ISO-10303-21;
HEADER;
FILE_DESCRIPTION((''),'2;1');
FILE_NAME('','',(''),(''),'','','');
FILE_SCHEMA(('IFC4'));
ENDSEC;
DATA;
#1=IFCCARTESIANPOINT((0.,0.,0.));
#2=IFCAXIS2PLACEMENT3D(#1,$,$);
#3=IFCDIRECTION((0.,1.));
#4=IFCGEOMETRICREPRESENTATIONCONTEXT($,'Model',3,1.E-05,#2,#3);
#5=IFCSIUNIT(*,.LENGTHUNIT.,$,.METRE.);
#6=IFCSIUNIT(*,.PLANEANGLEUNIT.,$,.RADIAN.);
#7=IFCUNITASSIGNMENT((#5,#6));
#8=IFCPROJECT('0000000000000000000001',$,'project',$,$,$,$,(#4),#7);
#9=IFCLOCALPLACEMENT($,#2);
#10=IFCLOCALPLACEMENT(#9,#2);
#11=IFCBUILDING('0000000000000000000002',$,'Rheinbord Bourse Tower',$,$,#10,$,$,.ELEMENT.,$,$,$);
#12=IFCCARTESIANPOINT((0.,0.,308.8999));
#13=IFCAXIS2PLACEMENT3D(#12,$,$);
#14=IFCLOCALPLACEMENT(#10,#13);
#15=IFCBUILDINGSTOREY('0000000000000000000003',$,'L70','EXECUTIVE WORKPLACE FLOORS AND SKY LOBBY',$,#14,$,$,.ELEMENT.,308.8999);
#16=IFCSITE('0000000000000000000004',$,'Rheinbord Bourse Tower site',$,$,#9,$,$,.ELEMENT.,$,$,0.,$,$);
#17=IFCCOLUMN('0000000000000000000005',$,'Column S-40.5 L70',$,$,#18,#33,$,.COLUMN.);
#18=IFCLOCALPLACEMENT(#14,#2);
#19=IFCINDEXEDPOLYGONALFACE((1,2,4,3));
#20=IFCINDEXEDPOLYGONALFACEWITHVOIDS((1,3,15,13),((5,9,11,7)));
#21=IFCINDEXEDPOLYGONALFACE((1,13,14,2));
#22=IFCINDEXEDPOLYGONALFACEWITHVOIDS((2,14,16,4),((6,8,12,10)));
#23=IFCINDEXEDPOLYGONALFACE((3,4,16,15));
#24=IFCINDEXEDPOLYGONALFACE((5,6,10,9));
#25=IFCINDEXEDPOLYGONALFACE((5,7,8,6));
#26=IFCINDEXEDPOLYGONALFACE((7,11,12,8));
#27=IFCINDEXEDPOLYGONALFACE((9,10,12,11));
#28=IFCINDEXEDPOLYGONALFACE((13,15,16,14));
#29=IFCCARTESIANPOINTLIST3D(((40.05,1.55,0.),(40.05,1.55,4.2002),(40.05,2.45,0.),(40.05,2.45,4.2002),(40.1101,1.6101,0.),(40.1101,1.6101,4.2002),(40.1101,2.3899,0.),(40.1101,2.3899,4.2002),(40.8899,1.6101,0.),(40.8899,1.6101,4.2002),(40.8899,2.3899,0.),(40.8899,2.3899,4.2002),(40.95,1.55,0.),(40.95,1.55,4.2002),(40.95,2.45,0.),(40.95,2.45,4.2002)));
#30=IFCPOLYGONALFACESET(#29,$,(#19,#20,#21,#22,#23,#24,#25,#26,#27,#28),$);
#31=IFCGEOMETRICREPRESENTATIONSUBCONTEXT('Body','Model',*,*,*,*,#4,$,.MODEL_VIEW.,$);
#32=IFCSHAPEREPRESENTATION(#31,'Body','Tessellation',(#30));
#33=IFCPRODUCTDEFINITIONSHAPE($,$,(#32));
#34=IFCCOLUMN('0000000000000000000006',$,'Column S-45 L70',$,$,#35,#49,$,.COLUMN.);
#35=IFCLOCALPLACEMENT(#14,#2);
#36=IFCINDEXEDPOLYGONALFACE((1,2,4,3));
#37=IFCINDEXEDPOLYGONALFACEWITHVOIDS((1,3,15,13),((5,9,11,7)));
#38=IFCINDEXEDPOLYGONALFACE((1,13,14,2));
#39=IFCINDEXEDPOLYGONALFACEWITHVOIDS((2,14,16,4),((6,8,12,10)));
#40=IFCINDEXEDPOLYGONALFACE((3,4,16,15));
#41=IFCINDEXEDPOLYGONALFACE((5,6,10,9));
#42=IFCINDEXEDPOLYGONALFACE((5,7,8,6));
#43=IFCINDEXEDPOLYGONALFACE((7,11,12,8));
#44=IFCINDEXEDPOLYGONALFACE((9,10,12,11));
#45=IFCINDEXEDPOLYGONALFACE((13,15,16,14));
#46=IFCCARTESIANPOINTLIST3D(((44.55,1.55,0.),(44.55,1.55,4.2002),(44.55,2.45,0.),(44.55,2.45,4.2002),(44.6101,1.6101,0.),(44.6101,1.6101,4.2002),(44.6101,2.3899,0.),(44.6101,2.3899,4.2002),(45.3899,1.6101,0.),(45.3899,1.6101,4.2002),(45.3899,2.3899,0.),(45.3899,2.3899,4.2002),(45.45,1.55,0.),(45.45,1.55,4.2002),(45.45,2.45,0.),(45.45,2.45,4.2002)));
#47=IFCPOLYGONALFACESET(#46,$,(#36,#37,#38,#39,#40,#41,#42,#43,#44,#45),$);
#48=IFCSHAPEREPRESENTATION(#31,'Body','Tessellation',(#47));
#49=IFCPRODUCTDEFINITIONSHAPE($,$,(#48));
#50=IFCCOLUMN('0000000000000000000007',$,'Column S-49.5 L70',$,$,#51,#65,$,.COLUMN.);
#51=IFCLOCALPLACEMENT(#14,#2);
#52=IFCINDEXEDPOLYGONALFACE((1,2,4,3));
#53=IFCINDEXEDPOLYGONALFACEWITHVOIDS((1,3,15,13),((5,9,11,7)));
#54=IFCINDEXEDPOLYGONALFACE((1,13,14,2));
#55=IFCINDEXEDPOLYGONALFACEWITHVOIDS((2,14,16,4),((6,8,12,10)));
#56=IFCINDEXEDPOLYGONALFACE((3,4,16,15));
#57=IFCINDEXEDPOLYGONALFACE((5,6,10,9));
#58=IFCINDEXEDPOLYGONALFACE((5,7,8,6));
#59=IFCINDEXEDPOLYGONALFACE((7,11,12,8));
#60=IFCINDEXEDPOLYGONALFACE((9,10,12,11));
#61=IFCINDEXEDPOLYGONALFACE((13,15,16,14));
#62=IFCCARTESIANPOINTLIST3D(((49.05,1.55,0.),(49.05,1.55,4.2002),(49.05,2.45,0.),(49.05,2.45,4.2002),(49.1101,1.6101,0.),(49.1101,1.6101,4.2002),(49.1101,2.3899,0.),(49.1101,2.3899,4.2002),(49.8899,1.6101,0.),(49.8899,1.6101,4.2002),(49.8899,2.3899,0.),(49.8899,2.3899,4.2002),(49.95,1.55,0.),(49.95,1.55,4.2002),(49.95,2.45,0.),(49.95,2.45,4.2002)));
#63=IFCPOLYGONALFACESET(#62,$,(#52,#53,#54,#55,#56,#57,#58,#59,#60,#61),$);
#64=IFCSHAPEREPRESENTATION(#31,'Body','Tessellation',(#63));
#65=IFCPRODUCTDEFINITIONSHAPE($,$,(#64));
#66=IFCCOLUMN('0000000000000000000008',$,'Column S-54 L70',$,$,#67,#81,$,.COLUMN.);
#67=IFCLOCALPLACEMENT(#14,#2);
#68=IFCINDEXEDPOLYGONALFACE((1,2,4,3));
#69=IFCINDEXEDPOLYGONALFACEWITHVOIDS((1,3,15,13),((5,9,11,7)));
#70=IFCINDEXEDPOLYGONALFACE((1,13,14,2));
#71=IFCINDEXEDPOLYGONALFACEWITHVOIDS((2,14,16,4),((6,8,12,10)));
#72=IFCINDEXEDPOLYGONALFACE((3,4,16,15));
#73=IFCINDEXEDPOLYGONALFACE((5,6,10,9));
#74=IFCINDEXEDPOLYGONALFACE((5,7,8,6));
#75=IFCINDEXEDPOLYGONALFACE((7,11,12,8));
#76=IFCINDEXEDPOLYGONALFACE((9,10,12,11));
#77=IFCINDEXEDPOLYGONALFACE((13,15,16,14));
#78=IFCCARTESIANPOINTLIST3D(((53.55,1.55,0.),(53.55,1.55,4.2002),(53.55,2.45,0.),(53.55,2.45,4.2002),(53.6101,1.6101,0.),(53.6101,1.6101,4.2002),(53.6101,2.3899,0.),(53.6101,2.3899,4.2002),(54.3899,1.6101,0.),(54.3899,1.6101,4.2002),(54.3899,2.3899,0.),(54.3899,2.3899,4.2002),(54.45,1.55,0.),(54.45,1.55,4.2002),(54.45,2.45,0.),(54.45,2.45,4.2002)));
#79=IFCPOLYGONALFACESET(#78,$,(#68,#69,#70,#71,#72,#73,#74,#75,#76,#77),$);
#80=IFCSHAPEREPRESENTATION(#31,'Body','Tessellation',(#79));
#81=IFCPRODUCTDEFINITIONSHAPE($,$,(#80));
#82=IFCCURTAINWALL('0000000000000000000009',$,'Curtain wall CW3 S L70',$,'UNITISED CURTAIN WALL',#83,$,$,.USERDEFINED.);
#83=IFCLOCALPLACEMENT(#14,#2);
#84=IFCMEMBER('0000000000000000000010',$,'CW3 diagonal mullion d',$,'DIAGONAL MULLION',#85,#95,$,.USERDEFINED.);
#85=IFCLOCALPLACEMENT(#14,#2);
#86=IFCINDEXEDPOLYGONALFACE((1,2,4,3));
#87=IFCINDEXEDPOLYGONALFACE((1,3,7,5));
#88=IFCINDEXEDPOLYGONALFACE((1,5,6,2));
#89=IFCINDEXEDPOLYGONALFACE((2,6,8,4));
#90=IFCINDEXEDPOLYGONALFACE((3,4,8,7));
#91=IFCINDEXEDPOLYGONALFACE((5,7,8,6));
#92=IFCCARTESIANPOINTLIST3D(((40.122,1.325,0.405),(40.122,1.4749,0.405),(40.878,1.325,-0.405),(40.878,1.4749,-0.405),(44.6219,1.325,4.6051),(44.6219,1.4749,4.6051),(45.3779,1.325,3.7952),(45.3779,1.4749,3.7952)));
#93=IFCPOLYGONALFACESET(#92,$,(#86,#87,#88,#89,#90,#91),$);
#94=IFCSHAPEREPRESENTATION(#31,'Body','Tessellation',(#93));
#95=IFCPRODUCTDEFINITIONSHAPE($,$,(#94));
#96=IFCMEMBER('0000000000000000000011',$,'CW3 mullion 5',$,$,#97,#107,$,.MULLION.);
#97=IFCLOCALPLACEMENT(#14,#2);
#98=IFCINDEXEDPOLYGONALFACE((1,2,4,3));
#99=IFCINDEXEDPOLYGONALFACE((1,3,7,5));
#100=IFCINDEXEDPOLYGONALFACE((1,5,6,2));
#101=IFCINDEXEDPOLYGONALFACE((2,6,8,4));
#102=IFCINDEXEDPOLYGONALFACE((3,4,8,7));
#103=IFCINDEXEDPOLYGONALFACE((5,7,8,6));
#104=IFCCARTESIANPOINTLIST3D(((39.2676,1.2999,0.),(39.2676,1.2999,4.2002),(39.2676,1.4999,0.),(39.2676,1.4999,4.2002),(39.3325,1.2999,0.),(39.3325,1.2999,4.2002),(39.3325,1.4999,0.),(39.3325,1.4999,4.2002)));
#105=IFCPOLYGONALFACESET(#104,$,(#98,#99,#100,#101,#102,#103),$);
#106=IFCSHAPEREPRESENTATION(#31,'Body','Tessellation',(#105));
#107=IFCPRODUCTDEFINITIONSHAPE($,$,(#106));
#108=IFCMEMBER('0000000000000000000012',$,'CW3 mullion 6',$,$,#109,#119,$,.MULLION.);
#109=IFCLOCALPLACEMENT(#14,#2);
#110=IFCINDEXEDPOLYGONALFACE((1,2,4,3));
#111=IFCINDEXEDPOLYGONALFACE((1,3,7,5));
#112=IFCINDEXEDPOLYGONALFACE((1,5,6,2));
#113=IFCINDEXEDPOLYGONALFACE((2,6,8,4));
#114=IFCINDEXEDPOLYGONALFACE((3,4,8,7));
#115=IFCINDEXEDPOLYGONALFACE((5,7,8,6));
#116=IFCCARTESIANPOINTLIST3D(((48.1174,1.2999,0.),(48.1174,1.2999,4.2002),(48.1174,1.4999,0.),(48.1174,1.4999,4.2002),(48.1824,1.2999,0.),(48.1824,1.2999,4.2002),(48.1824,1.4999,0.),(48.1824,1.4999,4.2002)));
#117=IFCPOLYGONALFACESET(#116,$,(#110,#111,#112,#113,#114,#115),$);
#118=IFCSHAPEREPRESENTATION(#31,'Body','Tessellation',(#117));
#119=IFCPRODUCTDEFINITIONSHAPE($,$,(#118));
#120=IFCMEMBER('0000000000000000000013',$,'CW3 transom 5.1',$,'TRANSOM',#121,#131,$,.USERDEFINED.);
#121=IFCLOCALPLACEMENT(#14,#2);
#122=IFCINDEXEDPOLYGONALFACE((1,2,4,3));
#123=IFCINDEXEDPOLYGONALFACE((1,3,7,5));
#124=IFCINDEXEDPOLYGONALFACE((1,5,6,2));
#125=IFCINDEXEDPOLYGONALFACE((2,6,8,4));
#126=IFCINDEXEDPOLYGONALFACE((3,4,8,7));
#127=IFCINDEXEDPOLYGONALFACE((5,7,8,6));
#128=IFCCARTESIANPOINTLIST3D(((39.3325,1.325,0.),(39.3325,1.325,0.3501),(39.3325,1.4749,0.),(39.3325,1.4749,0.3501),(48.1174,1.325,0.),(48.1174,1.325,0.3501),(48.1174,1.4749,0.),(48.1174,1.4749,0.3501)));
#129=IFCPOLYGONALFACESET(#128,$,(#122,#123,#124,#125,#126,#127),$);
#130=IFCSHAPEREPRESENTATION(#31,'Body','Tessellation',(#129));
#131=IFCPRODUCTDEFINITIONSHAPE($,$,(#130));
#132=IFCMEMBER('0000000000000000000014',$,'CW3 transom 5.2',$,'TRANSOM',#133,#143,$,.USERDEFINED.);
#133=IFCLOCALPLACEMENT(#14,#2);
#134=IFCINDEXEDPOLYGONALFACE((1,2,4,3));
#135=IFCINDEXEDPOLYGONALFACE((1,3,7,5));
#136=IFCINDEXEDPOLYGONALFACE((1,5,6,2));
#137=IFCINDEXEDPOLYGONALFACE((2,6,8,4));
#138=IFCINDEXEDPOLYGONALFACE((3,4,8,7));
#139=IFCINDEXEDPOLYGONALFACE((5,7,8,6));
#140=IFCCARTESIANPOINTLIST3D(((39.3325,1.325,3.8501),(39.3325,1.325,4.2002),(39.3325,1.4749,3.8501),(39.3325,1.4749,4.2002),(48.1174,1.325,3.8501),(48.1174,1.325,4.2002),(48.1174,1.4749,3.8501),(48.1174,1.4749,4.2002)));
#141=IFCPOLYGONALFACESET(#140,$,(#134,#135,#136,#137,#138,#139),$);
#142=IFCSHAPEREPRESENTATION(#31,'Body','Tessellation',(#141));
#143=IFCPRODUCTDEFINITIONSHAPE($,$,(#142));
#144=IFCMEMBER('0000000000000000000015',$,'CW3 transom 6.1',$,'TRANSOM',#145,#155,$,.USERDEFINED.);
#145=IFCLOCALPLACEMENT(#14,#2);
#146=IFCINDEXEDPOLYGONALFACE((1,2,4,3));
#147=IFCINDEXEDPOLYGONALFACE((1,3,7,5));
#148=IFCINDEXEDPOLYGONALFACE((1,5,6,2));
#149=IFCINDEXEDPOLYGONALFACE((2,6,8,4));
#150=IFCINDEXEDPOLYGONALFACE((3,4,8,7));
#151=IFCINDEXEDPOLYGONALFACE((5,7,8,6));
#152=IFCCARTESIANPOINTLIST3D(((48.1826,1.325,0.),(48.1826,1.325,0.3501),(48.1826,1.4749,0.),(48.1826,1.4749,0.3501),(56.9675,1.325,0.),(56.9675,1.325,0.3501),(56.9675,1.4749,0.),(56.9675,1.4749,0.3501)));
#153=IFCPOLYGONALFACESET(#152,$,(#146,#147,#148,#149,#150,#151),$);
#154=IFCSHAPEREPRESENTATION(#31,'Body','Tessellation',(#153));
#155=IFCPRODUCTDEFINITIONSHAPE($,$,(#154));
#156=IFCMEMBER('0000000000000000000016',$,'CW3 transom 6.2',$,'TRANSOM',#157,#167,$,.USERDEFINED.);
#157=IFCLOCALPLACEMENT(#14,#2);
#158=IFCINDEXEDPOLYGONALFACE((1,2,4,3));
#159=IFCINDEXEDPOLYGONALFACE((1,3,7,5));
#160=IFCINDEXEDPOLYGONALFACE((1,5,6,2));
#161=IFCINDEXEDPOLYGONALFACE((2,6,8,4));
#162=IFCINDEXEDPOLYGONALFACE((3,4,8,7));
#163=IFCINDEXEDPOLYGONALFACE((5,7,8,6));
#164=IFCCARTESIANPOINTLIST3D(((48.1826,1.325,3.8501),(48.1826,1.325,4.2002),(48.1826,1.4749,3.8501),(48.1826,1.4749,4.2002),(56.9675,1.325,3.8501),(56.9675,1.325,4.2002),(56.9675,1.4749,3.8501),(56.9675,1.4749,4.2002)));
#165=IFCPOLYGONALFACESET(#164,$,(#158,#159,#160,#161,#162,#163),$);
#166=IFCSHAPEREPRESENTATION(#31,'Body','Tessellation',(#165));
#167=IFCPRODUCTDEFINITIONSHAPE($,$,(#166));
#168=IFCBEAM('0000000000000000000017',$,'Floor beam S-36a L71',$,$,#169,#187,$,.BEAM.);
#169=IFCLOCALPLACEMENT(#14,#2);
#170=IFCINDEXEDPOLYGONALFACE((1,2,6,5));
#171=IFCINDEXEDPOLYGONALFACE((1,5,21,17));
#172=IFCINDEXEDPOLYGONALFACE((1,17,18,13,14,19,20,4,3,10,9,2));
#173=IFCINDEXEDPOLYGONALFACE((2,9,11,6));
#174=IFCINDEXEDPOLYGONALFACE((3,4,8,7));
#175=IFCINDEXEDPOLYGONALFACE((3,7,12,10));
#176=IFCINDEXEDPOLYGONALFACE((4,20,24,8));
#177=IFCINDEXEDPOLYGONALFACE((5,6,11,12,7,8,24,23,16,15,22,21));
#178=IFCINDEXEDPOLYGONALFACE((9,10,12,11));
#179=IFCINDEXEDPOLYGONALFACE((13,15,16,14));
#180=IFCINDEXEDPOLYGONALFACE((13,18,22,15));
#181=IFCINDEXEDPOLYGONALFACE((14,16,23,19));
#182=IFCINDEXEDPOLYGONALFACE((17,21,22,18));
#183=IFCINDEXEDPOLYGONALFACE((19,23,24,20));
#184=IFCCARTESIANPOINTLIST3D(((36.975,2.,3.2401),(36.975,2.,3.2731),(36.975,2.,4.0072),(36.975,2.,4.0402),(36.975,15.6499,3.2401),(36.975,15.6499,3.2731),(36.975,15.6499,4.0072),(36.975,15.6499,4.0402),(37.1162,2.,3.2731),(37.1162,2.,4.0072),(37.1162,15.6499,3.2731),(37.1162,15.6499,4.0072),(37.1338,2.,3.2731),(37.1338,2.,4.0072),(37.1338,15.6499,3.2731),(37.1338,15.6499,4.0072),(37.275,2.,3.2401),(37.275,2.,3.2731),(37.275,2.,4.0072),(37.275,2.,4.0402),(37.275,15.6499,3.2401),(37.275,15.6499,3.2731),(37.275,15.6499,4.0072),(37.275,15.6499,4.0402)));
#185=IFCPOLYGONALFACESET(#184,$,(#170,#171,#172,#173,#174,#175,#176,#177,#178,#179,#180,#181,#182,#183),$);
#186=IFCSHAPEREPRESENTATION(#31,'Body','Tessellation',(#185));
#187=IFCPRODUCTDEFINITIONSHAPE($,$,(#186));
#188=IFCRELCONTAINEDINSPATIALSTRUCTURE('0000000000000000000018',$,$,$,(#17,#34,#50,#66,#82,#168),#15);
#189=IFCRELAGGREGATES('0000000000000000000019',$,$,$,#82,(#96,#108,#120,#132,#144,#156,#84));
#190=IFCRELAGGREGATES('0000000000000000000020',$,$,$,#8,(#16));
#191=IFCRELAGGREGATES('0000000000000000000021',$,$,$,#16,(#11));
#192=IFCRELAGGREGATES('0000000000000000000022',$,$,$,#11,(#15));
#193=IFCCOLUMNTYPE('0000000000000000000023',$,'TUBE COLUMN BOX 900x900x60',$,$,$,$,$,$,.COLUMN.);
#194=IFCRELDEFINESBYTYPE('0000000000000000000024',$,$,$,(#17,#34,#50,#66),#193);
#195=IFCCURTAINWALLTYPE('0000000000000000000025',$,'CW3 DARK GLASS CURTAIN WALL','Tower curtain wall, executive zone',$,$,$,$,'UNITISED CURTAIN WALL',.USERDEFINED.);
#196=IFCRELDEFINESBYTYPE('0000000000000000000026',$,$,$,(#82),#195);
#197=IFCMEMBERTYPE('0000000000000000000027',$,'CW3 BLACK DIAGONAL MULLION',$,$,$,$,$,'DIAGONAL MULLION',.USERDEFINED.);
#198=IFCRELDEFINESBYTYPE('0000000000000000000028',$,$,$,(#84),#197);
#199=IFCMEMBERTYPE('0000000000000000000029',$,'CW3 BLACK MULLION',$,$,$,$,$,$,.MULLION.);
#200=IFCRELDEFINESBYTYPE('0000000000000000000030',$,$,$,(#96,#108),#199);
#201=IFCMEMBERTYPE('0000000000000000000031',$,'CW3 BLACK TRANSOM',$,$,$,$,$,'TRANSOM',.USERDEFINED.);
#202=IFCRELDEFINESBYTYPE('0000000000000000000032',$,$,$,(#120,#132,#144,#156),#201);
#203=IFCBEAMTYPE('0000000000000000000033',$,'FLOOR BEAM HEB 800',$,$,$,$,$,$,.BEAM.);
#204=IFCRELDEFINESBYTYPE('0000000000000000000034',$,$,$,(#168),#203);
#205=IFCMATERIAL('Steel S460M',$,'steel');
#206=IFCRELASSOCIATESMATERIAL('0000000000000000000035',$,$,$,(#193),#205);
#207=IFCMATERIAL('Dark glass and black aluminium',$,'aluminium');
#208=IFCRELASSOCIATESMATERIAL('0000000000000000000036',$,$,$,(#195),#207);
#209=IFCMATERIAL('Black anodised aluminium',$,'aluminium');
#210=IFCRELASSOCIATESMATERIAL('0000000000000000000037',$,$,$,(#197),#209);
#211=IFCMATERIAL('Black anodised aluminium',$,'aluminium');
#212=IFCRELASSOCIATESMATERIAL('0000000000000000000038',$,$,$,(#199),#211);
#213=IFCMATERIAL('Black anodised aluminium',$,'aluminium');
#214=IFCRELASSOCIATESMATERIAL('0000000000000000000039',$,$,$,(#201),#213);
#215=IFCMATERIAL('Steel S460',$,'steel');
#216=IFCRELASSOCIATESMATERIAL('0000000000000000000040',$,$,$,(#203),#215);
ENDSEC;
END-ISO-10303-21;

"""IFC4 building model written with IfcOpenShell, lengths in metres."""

from ifc_helpers import new_model, si_unit, direction, frame, origin, origin_2d, place, context, subcontext, project, spatial, rectangle, hollow_rectangle, i_section, extrude, material, material_profile, profile_set, type_object, element, aggregate, save


model = new_model("IFC4")

# Units and contexts
model_context = context("Model", 3, precision=1e-05, world=origin(), true_north=direction((0.0, 1.0)))
body_context = subcontext(model_context, "Body", "Model", "MODEL_VIEW")
ifc_project = project(units=[si_unit("LENGTHUNIT", "METRE"), si_unit("PLANEANGLEUNIT", "RADIAN")], contexts=[model_context])

# Site, building, storey
site_placement = place(None, origin())
site = spatial("IfcSite", under=ifc_project, at=site_placement, Name="Rheinbord Bourse Tower site", CompositionType="ELEMENT", RefElevation=0.0)
building_placement = place(site_placement, origin())
building = spatial("IfcBuilding", under=site, at=building_placement, Name="Rheinbord Bourse Tower", CompositionType="ELEMENT")
storey_placement = place(building_placement, frame((0.0, 0.0, 308.8999)))
storey = spatial("IfcBuildingStorey", under=building, at=storey_placement, Name="L70", Description="EXECUTIVE WORKPLACE FLOORS AND SKY LOBBY", CompositionType="ELEMENT", Elevation=308.8999)

# Columns
ifc_material_1 = material(Name="Steel S460M", Category="steel")
ifc_material_profile_1 = material_profile(ifc_material_1, hollow_rectangle(XDim=0.8999, YDim=0.8999, WallThickness=0.0601, at=origin_2d()), Name="BOX 900x900x60")
ifc_profile_set_1 = profile_set([ifc_material_profile_1], Name="Steel S460M")
column_type = type_object("IfcColumnType", Name="TUBE COLUMN BOX 900x900x60", PredefinedType="COLUMN", material=ifc_profile_set_1)
for number, where, z_axis, x_axis, name in (
    (1, (40.5, 2.0, 0.0), (0.0, 0.0, 1.0), (0.0, 1.0, 0.0), "Column S-40.5 L70"),
    (2, (45.0, 2.0, 0.0), (0.0, 0.0, 1.0), (0.0, 1.0, 0.0), "Column S-45 L70"),
    (3, (49.5, 2.0, 0.0), (0.0, 0.0, 1.0), (0.0, 1.0, 0.0), "Column S-49.5 L70"),
    (4, (54.0, 2.0, 0.0), (0.0, 0.0, 1.0), (0.0, 1.0, 0.0), "Column S-54 L70"),
):
    element("IfcColumn", number, at=place(storey_placement, frame(where, z_axis=z_axis, x_axis=x_axis)), inside=storey, type_object=column_type, Name=name, PredefinedType="COLUMN", context=body_context, shape_type="SweptSolid", body=[
        extrude(hollow_rectangle(XDim=0.8999, YDim=0.8999, WallThickness=0.0601, at=origin_2d()), origin(), (0.0, 0.0, 1.0), 4.2002),
    ])

# Curtain wall, members
ifc_material_2 = material(Name="Dark glass and black aluminium", Category="aluminium")
curtain_wall_type = type_object("IfcCurtainWallType", Name="CW3 DARK GLASS CURTAIN WALL", Description="Tower curtain wall, executive zone", ElementType="UNITISED CURTAIN WALL", PredefinedType="USERDEFINED", material=ifc_material_2)
curtain_wall_placement = place(storey_placement, origin())
curtain_wall = element("IfcCurtainWall", 5, at=curtain_wall_placement, inside=storey, type_object=curtain_wall_type, Name="Curtain wall CW3 S L70", ObjectType="UNITISED CURTAIN WALL", PredefinedType="USERDEFINED")
ifc_material_3 = material(Name="Black anodised aluminium", Category="aluminium")
ifc_material_profile_2 = material_profile(ifc_material_3, rectangle(XDim=0.1499, YDim=1.1079, at=origin_2d()), Name="CW3 DIAGONAL MULLION 1108x150")
ifc_profile_set_2 = profile_set([ifc_material_profile_2], Name="Black anodised aluminium")
member_type_1 = type_object("IfcMemberType", Name="CW3 BLACK DIAGONAL MULLION", ElementType="DIAGONAL MULLION", PredefinedType="USERDEFINED", material=ifc_profile_set_2)
member_1_placement = place(storey_placement, frame((40.5, 1.3999, 0.0), z_axis=(0.731039, 0.0, 0.682335), x_axis=(0.0, 1.0, 0.0)))
member_1 = element("IfcMember", 6, at=member_1_placement, type_object=member_type_1, Name="CW3 diagonal mullion d", ObjectType="DIAGONAL MULLION", PredefinedType="USERDEFINED", context=body_context, shape_type="SweptSolid", body=[
    extrude(rectangle(XDim=0.1499, YDim=1.1079, at=origin_2d()), origin(), (0.0, 0.0, 1.0), 6.1555),
])
ifc_material_4 = material(Name="Black anodised aluminium", Category="aluminium")
ifc_material_profile_3 = material_profile(ifc_material_4, rectangle(XDim=0.2, YDim=0.0649, at=origin_2d()), Name="CW3 MULLION 65x200")
ifc_profile_set_3 = profile_set([ifc_material_profile_3], Name="Black anodised aluminium")
member_type_2 = type_object("IfcMemberType", Name="CW3 BLACK MULLION", PredefinedType="MULLION", material=ifc_profile_set_3)
member_2_placement = place(storey_placement, frame((39.3, 1.3999, 0.0), z_axis=(0.0, 0.0, 1.0), x_axis=(0.0, 1.0, 0.0)))
member_2 = element("IfcMember", 7, at=member_2_placement, type_object=member_type_2, Name="CW3 mullion 5", PredefinedType="MULLION", context=body_context, shape_type="SweptSolid", body=[
    extrude(rectangle(XDim=0.2, YDim=0.0649, at=origin_2d()), origin(), (0.0, 0.0, 1.0), 4.2002),
])
member_3_placement = place(storey_placement, frame((48.1499, 1.3999, 0.0), z_axis=(0.0, 0.0, 1.0), x_axis=(0.0, 1.0, 0.0)))
member_3 = element("IfcMember", 8, at=member_3_placement, type_object=member_type_2, Name="CW3 mullion 6", PredefinedType="MULLION", context=body_context, shape_type="SweptSolid", body=[
    extrude(rectangle(XDim=0.2, YDim=0.0649, at=origin_2d()), origin(), (0.0, 0.0, 1.0), 4.2002),
])
ifc_material_5 = material(Name="Black anodised aluminium", Category="aluminium")
ifc_material_profile_4 = material_profile(ifc_material_5, rectangle(XDim=0.1499, YDim=0.3501, at=origin_2d()), Name="CW3 TRANSOM 350x150")
ifc_profile_set_4 = profile_set([ifc_material_profile_4], Name="Black anodised aluminium")
member_type_3 = type_object("IfcMemberType", Name="CW3 BLACK TRANSOM", ElementType="TRANSOM", PredefinedType="USERDEFINED", material=ifc_profile_set_4)
member_4_placement = place(storey_placement, frame((39.3325, 1.3999, 0.175), z_axis=(1.0, 0.0, 0.0), x_axis=(0.0, 1.0, 0.0)))
member_4 = element("IfcMember", 9, at=member_4_placement, type_object=member_type_3, Name="CW3 transom 5.1", ObjectType="TRANSOM", PredefinedType="USERDEFINED", context=body_context, shape_type="SweptSolid", body=[
    extrude(rectangle(XDim=0.1499, YDim=0.3501, at=origin_2d()), origin(), (0.0, 0.0, 1.0), 8.7849),
])
member_5_placement = place(storey_placement, frame((39.3325, 1.3999, 4.0251), z_axis=(1.0, 0.0, 0.0), x_axis=(0.0, 1.0, 0.0)))
member_5 = element("IfcMember", 10, at=member_5_placement, type_object=member_type_3, Name="CW3 transom 5.2", ObjectType="TRANSOM", PredefinedType="USERDEFINED", context=body_context, shape_type="SweptSolid", body=[
    extrude(rectangle(XDim=0.1499, YDim=0.3501, at=origin_2d()), origin(), (0.0, 0.0, 1.0), 8.7849),
])
member_6_placement = place(storey_placement, frame((48.1826, 1.3999, 0.175), z_axis=(1.0, 0.0, 0.0), x_axis=(0.0, 1.0, 0.0)))
member_6 = element("IfcMember", 11, at=member_6_placement, type_object=member_type_3, Name="CW3 transom 6.1", ObjectType="TRANSOM", PredefinedType="USERDEFINED", context=body_context, shape_type="SweptSolid", body=[
    extrude(rectangle(XDim=0.1499, YDim=0.3501, at=origin_2d()), origin(), (0.0, 0.0, 1.0), 8.7849),
])
member_7_placement = place(storey_placement, frame((48.1826, 1.3999, 4.0251), z_axis=(1.0, 0.0, 0.0), x_axis=(0.0, 1.0, 0.0)))
member_7 = element("IfcMember", 12, at=member_7_placement, type_object=member_type_3, Name="CW3 transom 6.2", ObjectType="TRANSOM", PredefinedType="USERDEFINED", context=body_context, shape_type="SweptSolid", body=[
    extrude(rectangle(XDim=0.1499, YDim=0.3501, at=origin_2d()), origin(), (0.0, 0.0, 1.0), 8.7849),
])

# Beam
ifc_material_6 = material(Name="Steel S460", Category="steel")
ifc_material_profile_5 = material_profile(ifc_material_6, i_section(OverallWidth=0.3, OverallDepth=0.8, WebThickness=0.0176, FlangeThickness=0.033, at=origin_2d()), Name="HEB 800")
ifc_profile_set_5 = profile_set([ifc_material_profile_5], Name="Steel S460")
beam_type_1 = type_object("IfcBeamType", Name="FLOOR BEAM HEB 800", PredefinedType="BEAM", material=ifc_profile_set_5)
for number, where, z_axis, x_axis, name in (
    (13, (37.125, 2.0, 3.6401), (0.0, 1.0, 0.0), (-1.0, 0.0, 0.0), "Floor beam S-36a L71"),
):
    element("IfcBeam", number, at=place(storey_placement, frame(where, z_axis=z_axis, x_axis=x_axis)), inside=storey, type_object=beam_type_1, Name=name, PredefinedType="BEAM", context=body_context, shape_type="SweptSolid", body=[
        extrude(i_section(OverallWidth=0.3, OverallDepth=0.8, WebThickness=0.0176, FlangeThickness=0.033, at=origin_2d()), origin(), (0.0, 0.0, 1.0), 13.6499),
    ])

aggregate(curtain_wall, [member_2, member_3, member_4, member_5, member_6, member_7, member_1])

save(model, "model.ifc")
